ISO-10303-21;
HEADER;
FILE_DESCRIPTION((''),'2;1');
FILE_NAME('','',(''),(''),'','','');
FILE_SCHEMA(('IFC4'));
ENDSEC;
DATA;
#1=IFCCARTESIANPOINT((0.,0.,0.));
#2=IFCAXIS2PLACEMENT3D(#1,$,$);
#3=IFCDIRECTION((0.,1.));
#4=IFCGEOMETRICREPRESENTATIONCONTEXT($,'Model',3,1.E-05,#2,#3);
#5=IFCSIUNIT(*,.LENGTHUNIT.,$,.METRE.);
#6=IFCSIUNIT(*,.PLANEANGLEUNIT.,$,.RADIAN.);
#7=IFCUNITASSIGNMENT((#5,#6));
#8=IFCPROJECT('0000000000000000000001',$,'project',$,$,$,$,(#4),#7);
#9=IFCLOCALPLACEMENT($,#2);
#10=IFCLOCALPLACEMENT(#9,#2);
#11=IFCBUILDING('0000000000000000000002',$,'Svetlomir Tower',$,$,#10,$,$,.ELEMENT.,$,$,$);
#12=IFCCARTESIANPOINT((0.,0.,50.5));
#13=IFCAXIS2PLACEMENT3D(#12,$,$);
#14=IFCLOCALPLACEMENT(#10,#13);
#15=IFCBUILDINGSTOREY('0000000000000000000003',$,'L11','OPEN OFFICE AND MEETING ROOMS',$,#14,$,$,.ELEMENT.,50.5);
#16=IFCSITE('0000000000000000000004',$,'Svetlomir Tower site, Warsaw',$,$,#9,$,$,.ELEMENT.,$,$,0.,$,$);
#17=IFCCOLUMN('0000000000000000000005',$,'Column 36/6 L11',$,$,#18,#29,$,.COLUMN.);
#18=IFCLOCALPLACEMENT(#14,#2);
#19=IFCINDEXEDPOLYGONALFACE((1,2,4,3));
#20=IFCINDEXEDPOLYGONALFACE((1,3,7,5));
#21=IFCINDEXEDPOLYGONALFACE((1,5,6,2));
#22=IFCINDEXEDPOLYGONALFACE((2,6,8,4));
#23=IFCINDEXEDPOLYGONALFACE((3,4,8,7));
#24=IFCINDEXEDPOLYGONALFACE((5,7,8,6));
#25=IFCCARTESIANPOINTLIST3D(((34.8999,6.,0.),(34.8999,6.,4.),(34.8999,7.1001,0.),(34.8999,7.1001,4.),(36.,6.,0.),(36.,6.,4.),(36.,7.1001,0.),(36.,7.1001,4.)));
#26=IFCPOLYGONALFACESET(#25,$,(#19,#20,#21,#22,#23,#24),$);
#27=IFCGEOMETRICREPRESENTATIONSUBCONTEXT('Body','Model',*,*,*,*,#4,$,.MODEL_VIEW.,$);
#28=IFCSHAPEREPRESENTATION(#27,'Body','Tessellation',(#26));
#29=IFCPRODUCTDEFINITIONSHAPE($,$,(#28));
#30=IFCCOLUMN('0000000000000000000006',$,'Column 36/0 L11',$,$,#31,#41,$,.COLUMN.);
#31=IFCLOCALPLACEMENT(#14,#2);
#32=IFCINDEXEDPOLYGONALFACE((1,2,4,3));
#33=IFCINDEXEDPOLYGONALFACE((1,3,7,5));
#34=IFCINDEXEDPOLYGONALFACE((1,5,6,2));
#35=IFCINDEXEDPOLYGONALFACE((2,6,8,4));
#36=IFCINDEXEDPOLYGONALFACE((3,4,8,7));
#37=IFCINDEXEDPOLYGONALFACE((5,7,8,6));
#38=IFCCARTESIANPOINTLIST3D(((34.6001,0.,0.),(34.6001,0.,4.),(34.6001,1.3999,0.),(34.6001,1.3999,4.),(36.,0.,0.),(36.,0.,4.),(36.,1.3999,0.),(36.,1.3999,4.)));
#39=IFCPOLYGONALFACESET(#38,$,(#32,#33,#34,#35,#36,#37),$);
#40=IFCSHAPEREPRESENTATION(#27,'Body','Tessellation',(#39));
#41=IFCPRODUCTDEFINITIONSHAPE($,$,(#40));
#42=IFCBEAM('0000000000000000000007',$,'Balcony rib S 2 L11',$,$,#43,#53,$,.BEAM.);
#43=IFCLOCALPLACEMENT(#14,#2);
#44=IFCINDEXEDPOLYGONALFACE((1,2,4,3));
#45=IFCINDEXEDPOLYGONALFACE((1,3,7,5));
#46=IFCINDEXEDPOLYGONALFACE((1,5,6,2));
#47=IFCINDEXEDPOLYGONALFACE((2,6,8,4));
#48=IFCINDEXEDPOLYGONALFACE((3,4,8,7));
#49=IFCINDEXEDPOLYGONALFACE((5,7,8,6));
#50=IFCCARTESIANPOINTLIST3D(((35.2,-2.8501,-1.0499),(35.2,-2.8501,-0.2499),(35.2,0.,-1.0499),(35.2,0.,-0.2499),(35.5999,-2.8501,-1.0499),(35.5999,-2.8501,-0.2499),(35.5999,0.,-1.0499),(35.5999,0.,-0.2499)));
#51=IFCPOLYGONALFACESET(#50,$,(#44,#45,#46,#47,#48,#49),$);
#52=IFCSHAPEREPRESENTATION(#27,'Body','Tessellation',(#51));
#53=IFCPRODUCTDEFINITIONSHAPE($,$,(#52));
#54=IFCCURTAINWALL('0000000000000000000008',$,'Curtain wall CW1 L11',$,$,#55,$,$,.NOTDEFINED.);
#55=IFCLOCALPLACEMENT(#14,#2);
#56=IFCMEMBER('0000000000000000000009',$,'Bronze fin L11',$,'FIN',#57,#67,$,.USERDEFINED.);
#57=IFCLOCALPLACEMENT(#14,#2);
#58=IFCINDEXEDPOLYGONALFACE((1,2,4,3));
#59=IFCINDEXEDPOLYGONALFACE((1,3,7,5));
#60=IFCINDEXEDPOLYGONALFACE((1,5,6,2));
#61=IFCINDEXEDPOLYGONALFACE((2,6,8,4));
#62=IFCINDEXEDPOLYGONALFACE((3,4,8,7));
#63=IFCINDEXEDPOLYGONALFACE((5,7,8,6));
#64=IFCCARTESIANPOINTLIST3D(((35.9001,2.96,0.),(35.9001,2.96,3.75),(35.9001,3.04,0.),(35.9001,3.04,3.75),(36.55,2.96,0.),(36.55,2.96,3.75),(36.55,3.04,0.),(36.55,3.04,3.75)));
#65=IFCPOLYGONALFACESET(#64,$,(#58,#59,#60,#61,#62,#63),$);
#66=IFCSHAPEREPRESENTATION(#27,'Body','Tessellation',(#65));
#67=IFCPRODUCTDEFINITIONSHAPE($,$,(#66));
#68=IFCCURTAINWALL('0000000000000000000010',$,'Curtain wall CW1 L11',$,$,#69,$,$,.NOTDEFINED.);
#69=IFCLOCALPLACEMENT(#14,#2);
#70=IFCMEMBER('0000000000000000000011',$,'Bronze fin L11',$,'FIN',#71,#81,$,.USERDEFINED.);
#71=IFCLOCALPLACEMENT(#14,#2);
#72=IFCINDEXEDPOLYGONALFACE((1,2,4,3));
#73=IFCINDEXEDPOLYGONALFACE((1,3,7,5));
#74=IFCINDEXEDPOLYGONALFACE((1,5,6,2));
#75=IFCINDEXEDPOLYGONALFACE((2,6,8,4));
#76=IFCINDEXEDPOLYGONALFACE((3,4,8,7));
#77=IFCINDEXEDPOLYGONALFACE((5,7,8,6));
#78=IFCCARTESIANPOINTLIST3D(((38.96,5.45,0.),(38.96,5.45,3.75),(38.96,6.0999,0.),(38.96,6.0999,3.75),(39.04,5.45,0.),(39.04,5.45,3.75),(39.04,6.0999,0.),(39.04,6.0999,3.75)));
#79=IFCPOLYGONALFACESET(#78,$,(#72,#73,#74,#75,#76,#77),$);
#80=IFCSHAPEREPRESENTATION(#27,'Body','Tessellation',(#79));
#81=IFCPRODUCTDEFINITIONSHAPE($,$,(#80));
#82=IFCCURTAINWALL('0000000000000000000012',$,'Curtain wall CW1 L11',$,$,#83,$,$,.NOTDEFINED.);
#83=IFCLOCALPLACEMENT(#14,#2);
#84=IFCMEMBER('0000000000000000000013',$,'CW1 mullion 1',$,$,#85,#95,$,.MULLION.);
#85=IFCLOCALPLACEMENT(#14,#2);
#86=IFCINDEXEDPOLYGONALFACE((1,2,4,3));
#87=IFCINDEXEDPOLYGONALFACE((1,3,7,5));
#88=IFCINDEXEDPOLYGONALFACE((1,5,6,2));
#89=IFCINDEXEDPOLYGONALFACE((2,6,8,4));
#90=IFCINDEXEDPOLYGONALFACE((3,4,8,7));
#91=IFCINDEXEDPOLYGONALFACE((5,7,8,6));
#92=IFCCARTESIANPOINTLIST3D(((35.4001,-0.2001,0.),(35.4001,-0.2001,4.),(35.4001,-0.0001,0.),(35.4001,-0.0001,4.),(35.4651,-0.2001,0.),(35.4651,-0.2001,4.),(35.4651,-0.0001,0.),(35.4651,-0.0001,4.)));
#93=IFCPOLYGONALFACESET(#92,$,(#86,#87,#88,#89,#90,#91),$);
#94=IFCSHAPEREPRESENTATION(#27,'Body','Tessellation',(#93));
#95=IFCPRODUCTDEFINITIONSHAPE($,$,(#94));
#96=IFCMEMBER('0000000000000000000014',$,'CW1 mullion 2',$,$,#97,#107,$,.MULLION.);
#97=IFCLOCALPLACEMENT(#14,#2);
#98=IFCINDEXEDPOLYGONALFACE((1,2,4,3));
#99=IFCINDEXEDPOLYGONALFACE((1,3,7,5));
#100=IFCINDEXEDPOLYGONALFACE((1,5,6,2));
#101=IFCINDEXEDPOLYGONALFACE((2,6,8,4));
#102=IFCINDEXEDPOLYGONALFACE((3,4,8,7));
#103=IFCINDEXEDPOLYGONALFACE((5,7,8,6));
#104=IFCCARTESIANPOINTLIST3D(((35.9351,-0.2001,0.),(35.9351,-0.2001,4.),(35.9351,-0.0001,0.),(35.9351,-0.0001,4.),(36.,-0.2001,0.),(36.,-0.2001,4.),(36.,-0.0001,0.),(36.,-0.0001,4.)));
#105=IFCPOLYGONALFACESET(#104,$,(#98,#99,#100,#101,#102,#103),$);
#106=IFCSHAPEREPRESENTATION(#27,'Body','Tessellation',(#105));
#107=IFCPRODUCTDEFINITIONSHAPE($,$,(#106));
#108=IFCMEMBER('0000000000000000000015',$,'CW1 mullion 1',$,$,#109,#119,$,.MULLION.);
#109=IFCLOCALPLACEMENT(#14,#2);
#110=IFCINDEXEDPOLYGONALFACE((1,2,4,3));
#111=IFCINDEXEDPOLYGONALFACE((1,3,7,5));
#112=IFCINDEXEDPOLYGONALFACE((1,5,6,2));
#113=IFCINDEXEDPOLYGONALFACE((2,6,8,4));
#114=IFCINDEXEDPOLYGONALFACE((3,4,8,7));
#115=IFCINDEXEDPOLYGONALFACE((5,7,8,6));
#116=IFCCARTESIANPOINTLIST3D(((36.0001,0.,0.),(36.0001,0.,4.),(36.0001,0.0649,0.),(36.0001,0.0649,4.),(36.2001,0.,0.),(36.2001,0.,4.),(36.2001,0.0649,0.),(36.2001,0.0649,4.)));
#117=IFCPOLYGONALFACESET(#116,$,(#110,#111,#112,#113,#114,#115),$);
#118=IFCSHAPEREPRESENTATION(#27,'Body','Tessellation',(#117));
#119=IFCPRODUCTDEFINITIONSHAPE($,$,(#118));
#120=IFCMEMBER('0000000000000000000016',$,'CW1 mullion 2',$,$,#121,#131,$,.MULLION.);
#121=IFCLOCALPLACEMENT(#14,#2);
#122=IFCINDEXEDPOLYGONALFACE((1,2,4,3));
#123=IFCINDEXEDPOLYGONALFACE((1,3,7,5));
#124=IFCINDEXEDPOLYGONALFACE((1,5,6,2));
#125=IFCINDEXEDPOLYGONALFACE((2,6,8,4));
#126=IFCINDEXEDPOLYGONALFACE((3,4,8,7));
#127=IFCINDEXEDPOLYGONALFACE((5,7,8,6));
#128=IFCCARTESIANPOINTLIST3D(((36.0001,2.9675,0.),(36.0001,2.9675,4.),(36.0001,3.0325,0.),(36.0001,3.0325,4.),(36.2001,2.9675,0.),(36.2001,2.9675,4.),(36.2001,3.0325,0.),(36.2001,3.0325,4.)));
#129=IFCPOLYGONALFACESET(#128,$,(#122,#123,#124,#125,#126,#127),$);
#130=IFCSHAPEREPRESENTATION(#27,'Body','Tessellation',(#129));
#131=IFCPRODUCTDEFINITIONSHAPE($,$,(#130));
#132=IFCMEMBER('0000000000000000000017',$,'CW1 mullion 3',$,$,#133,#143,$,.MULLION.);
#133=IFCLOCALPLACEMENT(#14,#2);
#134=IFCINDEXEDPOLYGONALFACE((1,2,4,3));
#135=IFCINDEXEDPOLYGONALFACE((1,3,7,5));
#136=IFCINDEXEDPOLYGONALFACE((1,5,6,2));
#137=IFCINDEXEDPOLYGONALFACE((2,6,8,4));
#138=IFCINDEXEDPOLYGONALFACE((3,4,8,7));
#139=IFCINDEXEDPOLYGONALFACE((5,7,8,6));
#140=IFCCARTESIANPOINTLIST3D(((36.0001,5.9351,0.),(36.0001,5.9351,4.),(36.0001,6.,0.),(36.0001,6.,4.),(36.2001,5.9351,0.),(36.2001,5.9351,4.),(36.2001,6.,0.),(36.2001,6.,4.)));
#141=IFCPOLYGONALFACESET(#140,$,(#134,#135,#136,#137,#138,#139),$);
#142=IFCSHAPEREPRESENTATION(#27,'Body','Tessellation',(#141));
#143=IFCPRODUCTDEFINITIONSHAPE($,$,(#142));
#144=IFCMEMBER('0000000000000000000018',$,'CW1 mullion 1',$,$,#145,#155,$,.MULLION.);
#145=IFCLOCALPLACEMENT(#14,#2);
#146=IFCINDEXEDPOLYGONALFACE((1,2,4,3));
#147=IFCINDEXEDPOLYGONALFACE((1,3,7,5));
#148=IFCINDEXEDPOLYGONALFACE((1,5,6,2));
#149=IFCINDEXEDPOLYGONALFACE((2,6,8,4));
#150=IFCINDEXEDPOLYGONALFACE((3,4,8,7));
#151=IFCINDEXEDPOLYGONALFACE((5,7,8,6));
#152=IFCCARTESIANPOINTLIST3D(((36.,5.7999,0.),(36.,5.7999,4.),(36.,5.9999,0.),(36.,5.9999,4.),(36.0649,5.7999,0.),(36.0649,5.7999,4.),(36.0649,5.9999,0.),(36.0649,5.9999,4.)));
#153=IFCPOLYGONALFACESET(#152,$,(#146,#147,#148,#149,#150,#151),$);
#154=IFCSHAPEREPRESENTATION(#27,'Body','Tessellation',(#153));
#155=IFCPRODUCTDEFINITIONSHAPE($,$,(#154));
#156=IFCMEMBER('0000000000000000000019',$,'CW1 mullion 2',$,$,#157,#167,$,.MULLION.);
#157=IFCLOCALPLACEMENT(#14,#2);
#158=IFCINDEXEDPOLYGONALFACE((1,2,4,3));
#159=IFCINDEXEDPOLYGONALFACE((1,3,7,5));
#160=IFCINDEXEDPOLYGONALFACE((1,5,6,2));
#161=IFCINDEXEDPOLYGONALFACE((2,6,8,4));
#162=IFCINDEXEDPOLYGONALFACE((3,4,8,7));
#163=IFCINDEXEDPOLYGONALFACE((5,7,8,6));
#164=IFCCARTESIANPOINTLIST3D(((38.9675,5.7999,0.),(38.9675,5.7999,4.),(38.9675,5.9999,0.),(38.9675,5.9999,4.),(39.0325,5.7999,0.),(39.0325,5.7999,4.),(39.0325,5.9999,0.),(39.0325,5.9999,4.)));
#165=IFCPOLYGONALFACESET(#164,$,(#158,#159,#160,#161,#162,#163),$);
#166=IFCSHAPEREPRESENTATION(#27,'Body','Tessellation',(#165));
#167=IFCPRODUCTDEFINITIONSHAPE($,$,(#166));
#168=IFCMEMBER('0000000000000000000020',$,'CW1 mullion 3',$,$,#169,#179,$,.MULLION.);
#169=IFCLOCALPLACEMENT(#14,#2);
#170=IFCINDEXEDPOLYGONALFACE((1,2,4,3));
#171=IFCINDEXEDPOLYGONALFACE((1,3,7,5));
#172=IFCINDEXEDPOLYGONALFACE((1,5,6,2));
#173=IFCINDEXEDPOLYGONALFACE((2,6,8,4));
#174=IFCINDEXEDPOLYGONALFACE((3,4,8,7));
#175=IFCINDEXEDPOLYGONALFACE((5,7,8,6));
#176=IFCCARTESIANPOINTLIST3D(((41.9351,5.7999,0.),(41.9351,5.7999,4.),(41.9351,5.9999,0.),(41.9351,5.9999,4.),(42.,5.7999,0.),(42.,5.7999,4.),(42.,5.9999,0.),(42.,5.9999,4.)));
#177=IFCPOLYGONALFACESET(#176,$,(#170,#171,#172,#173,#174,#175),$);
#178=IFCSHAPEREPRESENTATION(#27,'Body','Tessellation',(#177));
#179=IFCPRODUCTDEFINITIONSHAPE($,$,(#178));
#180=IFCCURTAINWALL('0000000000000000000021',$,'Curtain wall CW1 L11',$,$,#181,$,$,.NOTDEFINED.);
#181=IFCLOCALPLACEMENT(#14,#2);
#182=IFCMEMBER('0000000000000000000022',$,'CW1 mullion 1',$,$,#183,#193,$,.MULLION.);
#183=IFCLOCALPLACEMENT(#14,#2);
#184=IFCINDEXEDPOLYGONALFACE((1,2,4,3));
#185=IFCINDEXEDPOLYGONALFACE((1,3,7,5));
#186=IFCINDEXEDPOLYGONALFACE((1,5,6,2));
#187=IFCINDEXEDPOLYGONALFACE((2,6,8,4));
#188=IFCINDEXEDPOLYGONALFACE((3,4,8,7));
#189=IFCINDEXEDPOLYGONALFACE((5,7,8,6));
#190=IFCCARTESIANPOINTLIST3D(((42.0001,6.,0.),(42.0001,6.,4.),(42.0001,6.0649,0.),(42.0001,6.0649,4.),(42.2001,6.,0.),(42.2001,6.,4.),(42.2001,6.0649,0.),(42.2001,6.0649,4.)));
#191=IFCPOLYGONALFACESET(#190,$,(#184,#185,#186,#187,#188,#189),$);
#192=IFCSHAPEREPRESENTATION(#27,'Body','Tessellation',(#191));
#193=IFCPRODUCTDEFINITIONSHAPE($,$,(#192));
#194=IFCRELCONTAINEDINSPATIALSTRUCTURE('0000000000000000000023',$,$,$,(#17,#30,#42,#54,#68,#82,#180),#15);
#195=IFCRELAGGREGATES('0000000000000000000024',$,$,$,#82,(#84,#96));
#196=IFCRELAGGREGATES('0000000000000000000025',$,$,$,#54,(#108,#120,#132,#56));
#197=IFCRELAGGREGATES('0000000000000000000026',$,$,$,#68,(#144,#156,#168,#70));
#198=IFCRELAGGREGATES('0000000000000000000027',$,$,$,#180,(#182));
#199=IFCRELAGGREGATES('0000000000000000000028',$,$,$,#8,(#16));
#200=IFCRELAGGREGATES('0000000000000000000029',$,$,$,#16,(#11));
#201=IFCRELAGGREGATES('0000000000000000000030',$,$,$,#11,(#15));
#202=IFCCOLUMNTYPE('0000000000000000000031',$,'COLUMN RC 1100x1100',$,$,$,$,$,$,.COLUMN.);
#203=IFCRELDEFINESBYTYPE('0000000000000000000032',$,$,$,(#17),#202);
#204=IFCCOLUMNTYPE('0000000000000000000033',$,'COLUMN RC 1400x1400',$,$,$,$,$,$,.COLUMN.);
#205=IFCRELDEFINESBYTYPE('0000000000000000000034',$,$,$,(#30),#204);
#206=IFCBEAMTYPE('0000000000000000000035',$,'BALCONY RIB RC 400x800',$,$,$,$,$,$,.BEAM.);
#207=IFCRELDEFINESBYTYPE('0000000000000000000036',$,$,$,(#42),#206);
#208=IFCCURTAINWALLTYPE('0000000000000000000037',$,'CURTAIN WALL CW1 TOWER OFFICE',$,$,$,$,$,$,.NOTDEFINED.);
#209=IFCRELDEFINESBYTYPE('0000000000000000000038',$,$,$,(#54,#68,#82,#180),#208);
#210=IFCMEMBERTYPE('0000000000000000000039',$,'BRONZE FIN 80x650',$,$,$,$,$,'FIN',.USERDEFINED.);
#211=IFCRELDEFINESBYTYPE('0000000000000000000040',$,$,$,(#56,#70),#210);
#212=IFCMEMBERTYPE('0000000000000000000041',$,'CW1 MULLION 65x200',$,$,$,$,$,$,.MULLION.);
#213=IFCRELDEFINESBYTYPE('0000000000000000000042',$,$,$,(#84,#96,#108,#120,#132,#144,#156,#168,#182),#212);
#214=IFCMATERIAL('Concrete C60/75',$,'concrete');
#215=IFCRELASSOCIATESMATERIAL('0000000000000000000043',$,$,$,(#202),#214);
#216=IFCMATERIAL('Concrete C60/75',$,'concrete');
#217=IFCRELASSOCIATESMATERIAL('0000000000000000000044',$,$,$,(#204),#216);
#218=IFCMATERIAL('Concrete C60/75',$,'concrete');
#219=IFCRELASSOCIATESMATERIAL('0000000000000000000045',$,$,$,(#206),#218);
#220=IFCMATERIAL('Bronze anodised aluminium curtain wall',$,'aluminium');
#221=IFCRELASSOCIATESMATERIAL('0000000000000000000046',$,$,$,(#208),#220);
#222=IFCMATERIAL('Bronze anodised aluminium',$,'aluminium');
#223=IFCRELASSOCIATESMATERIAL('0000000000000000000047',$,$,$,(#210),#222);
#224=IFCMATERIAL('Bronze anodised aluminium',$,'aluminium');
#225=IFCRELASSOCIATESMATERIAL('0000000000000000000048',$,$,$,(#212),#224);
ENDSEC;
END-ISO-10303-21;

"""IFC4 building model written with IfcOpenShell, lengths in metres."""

from ifc_helpers import new_model, si_unit, direction, frame, origin, origin_2d, place, context, subcontext, project, spatial, rectangle, extrude, material, material_profile, profile_set, type_object, element, aggregate, save


model = new_model("IFC4")

# Units and contexts
model_context = context("Model", 3, precision=1e-05, world=origin(), true_north=direction((0.0, 1.0)))
body_context = subcontext(model_context, "Body", "Model", "MODEL_VIEW")
ifc_project = project(units=[si_unit("LENGTHUNIT", "METRE"), si_unit("PLANEANGLEUNIT", "RADIAN")], contexts=[model_context])

# Site, building, storey
site_placement = place(None, origin())
site = spatial("IfcSite", under=ifc_project, at=site_placement, Name="Svetlomir Tower site, Warsaw", CompositionType="ELEMENT", RefElevation=0.0)
building_placement = place(site_placement, origin())
building = spatial("IfcBuilding", under=site, at=building_placement, Name="Svetlomir Tower", CompositionType="ELEMENT")
storey_placement = place(building_placement, frame((0.0, 0.0, 50.5)))
storey = spatial("IfcBuildingStorey", under=building, at=storey_placement, Name="L11", Description="OPEN OFFICE AND MEETING ROOMS", CompositionType="ELEMENT", Elevation=50.5)

# Columns
ifc_material_1 = material(Name="Concrete C60/75", Category="concrete")
ifc_material_profile_1 = material_profile(ifc_material_1, rectangle(XDim=1.1001, YDim=1.1001, at=origin_2d()), Name="RC 1100x1100")
ifc_profile_set_1 = profile_set([ifc_material_profile_1], Name="Concrete C60/75")
column_type_1 = type_object("IfcColumnType", Name="COLUMN RC 1100x1100", PredefinedType="COLUMN", material=ifc_profile_set_1)
column_1_placement = place(storey_placement, frame((35.45, 6.55, 0.0), z_axis=(0.0, 0.0, 1.0), x_axis=(1.0, 0.0, 0.0)))
element("IfcColumn", 1, at=column_1_placement, inside=storey, type_object=column_type_1, Name="Column 36/6 L11", PredefinedType="COLUMN", context=body_context, shape_type="SweptSolid", body=[
    extrude(rectangle(XDim=1.1001, YDim=1.1001, at=origin_2d()), origin(), (0.0, 0.0, 1.0), 4.0),
])
ifc_material_2 = material(Name="Concrete C60/75", Category="concrete")
ifc_material_profile_2 = material_profile(ifc_material_2, rectangle(XDim=1.3999, YDim=1.3999, at=origin_2d()), Name="RC 1400x1400")
ifc_profile_set_2 = profile_set([ifc_material_profile_2], Name="Concrete C60/75")
column_type_2 = type_object("IfcColumnType", Name="COLUMN RC 1400x1400", PredefinedType="COLUMN", material=ifc_profile_set_2)
column_2_placement = place(storey_placement, frame((35.3, 0.7, 0.0), z_axis=(0.0, 0.0, 1.0), x_axis=(1.0, 0.0, 0.0)))
element("IfcColumn", 2, at=column_2_placement, inside=storey, type_object=column_type_2, Name="Column 36/0 L11", PredefinedType="COLUMN", context=body_context, shape_type="SweptSolid", body=[
    extrude(rectangle(XDim=1.3999, YDim=1.3999, at=origin_2d()), origin(), (0.0, 0.0, 1.0), 4.0),
])

# Beam
ifc_material_3 = material(Name="Concrete C60/75", Category="concrete")
ifc_material_profile_3 = material_profile(ifc_material_3, rectangle(XDim=0.3999, YDim=0.8, at=origin_2d()), Name="RC 400x800")
ifc_profile_set_3 = profile_set([ifc_material_profile_3], Name="Concrete C60/75")
beam_type_1 = type_object("IfcBeamType", Name="BALCONY RIB RC 400x800", PredefinedType="BEAM", material=ifc_profile_set_3)
beam_placement = place(storey_placement, frame((35.3999, 0.0, -0.6499), z_axis=(0.0, -1.0, 0.0), x_axis=(1.0, 0.0, 0.0)))
element("IfcBeam", 3, at=beam_placement, inside=storey, type_object=beam_type_1, Name="Balcony rib S 2 L11", PredefinedType="BEAM", context=body_context, shape_type="SweptSolid", body=[
    extrude(rectangle(XDim=0.3999, YDim=0.8, at=origin_2d()), origin(), (0.0, 0.0, 1.0), 2.8501),
])

# Curtain walls, members
ifc_material_4 = material(Name="Bronze anodised aluminium curtain wall", Category="aluminium")
curtain_wall_type = type_object("IfcCurtainWallType", Name="CURTAIN WALL CW1 TOWER OFFICE", PredefinedType="NOTDEFINED", material=ifc_material_4)
curtain_wall_1_placement = place(storey_placement, origin())
curtain_wall_1 = element("IfcCurtainWall", 4, at=curtain_wall_1_placement, inside=storey, type_object=curtain_wall_type, Name="Curtain wall CW1 L11", PredefinedType="NOTDEFINED")
ifc_material_5 = material(Name="Bronze anodised aluminium", Category="aluminium")
ifc_material_profile_4 = material_profile(ifc_material_5, rectangle(XDim=0.0801, YDim=0.6499, at=origin_2d()), Name="FIN 80x650")
ifc_profile_set_4 = profile_set([ifc_material_profile_4], Name="Bronze anodised aluminium 6063-T6")
member_type_1 = type_object("IfcMemberType", Name="BRONZE FIN 80x650", ElementType="FIN", PredefinedType="USERDEFINED", material=ifc_profile_set_4)
member_1_placement = place(storey_placement, frame((36.2251, 3.0, 0.0), z_axis=(0.0, 0.0, 1.0), x_axis=(0.0, 1.0, 0.0)))
member_1 = element("IfcMember", 5, at=member_1_placement, type_object=member_type_1, Name="Bronze fin L11", ObjectType="FIN", PredefinedType="USERDEFINED", context=body_context, shape_type="SweptSolid", body=[
    extrude(rectangle(XDim=0.0801, YDim=0.6499, at=origin_2d()), origin(), (0.0, 0.0, 1.0), 3.75),
])
curtain_wall_2_placement = place(storey_placement, origin())
curtain_wall_2 = element("IfcCurtainWall", 6, at=curtain_wall_2_placement, inside=storey, type_object=curtain_wall_type, Name="Curtain wall CW1 L11", PredefinedType="NOTDEFINED")
member_2_placement = place(storey_placement, frame((39.0, 5.7749, 0.0), z_axis=(0.0, 0.0, 1.0), x_axis=(1.0, 0.0, 0.0)))
member_2 = element("IfcMember", 7, at=member_2_placement, type_object=member_type_1, Name="Bronze fin L11", ObjectType="FIN", PredefinedType="USERDEFINED", context=body_context, shape_type="SweptSolid", body=[
    extrude(rectangle(XDim=0.0801, YDim=0.6499, at=origin_2d()), origin(), (0.0, 0.0, 1.0), 3.75),
])

# Curtain wall, members
curtain_wall_3_placement = place(storey_placement, origin())
curtain_wall_3 = element("IfcCurtainWall", 8, at=curtain_wall_3_placement, inside=storey, type_object=curtain_wall_type, Name="Curtain wall CW1 L11", PredefinedType="NOTDEFINED")
ifc_material_6 = material(Name="Bronze anodised aluminium", Category="aluminium")
ifc_material_profile_5 = material_profile(ifc_material_6, rectangle(XDim=0.0649, YDim=0.2, at=origin_2d()), Name="AL 65x200")
ifc_profile_set_5 = profile_set([ifc_material_profile_5], Name="Bronze anodised aluminium 6063-T6")
member_type_2 = type_object("IfcMemberType", Name="CW1 MULLION 65x200", PredefinedType="MULLION", material=ifc_profile_set_5)
member_3_placement = place(storey_placement, frame((35.4326, -0.1001, 0.0), z_axis=(0.0, 0.0, 1.0), x_axis=(1.0, 0.0, 0.0)))
member_3 = element("IfcMember", 9, at=member_3_placement, type_object=member_type_2, Name="CW1 mullion 1", PredefinedType="MULLION", context=body_context, shape_type="SweptSolid", body=[
    extrude(rectangle(XDim=0.0649, YDim=0.2, at=origin_2d()), origin(), (0.0, 0.0, 1.0), 4.0),
])
member_4_placement = place(storey_placement, frame((35.9675, -0.1001, 0.0), z_axis=(0.0, 0.0, 1.0), x_axis=(1.0, 0.0, 0.0)))
member_4 = element("IfcMember", 10, at=member_4_placement, type_object=member_type_2, Name="CW1 mullion 2", PredefinedType="MULLION", context=body_context, shape_type="SweptSolid", body=[
    extrude(rectangle(XDim=0.0649, YDim=0.2, at=origin_2d()), origin(), (0.0, 0.0, 1.0), 4.0),
])

# Members
member_5_placement = place(storey_placement, frame((36.1001, 0.0325, 0.0), z_axis=(0.0, 0.0, 1.0), x_axis=(0.0, 1.0, 0.0)))
member_5 = element("IfcMember", 11, at=member_5_placement, type_object=member_type_2, Name="CW1 mullion 1", PredefinedType="MULLION", context=body_context, shape_type="SweptSolid", body=[
    extrude(rectangle(XDim=0.0649, YDim=0.2, at=origin_2d()), origin(), (0.0, 0.0, 1.0), 4.0),
])
member_6_placement = place(storey_placement, frame((36.1001, 3.0, 0.0), z_axis=(0.0, 0.0, 1.0), x_axis=(0.0, 1.0, 0.0)))
member_6 = element("IfcMember", 12, at=member_6_placement, type_object=member_type_2, Name="CW1 mullion 2", PredefinedType="MULLION", context=body_context, shape_type="SweptSolid", body=[
    extrude(rectangle(XDim=0.0649, YDim=0.2, at=origin_2d()), origin(), (0.0, 0.0, 1.0), 4.0),
])
member_7_placement = place(storey_placement, frame((36.1001, 5.9675, 0.0), z_axis=(0.0, 0.0, 1.0), x_axis=(0.0, 1.0, 0.0)))
member_7 = element("IfcMember", 13, at=member_7_placement, type_object=member_type_2, Name="CW1 mullion 3", PredefinedType="MULLION", context=body_context, shape_type="SweptSolid", body=[
    extrude(rectangle(XDim=0.0649, YDim=0.2, at=origin_2d()), origin(), (0.0, 0.0, 1.0), 4.0),
])
member_8_placement = place(storey_placement, frame((36.0325, 5.8999, 0.0), z_axis=(0.0, 0.0, 1.0), x_axis=(1.0, 0.0, 0.0)))
member_8 = element("IfcMember", 14, at=member_8_placement, type_object=member_type_2, Name="CW1 mullion 1", PredefinedType="MULLION", context=body_context, shape_type="SweptSolid", body=[
    extrude(rectangle(XDim=0.0649, YDim=0.2, at=origin_2d()), origin(), (0.0, 0.0, 1.0), 4.0),
])
member_9_placement = place(storey_placement, frame((39.0, 5.8999, 0.0), z_axis=(0.0, 0.0, 1.0), x_axis=(1.0, 0.0, 0.0)))
member_9 = element("IfcMember", 15, at=member_9_placement, type_object=member_type_2, Name="CW1 mullion 2", PredefinedType="MULLION", context=body_context, shape_type="SweptSolid", body=[
    extrude(rectangle(XDim=0.0649, YDim=0.2, at=origin_2d()), origin(), (0.0, 0.0, 1.0), 4.0),
])
member_10_placement = place(storey_placement, frame((41.9675, 5.8999, 0.0), z_axis=(0.0, 0.0, 1.0), x_axis=(1.0, 0.0, 0.0)))
member_10 = element("IfcMember", 16, at=member_10_placement, type_object=member_type_2, Name="CW1 mullion 3", PredefinedType="MULLION", context=body_context, shape_type="SweptSolid", body=[
    extrude(rectangle(XDim=0.0649, YDim=0.2, at=origin_2d()), origin(), (0.0, 0.0, 1.0), 4.0),
])

# Curtain wall, member
curtain_wall_4_placement = place(storey_placement, origin())
curtain_wall_4 = element("IfcCurtainWall", 17, at=curtain_wall_4_placement, inside=storey, type_object=curtain_wall_type, Name="Curtain wall CW1 L11", PredefinedType="NOTDEFINED")
member_11_placement = place(storey_placement, frame((42.1001, 6.0325, 0.0), z_axis=(0.0, 0.0, 1.0), x_axis=(0.0, 1.0, 0.0)))
member_11 = element("IfcMember", 18, at=member_11_placement, type_object=member_type_2, Name="CW1 mullion 1", PredefinedType="MULLION", context=body_context, shape_type="SweptSolid", body=[
    extrude(rectangle(XDim=0.0649, YDim=0.2, at=origin_2d()), origin(), (0.0, 0.0, 1.0), 4.0),
])

aggregate(curtain_wall_3, [member_3, member_4])
aggregate(curtain_wall_1, [member_5, member_6, member_7, member_1])
aggregate(curtain_wall_2, [member_8, member_9, member_10, member_2])
aggregate(curtain_wall_4, [member_11])

save(model, "model.ifc")
